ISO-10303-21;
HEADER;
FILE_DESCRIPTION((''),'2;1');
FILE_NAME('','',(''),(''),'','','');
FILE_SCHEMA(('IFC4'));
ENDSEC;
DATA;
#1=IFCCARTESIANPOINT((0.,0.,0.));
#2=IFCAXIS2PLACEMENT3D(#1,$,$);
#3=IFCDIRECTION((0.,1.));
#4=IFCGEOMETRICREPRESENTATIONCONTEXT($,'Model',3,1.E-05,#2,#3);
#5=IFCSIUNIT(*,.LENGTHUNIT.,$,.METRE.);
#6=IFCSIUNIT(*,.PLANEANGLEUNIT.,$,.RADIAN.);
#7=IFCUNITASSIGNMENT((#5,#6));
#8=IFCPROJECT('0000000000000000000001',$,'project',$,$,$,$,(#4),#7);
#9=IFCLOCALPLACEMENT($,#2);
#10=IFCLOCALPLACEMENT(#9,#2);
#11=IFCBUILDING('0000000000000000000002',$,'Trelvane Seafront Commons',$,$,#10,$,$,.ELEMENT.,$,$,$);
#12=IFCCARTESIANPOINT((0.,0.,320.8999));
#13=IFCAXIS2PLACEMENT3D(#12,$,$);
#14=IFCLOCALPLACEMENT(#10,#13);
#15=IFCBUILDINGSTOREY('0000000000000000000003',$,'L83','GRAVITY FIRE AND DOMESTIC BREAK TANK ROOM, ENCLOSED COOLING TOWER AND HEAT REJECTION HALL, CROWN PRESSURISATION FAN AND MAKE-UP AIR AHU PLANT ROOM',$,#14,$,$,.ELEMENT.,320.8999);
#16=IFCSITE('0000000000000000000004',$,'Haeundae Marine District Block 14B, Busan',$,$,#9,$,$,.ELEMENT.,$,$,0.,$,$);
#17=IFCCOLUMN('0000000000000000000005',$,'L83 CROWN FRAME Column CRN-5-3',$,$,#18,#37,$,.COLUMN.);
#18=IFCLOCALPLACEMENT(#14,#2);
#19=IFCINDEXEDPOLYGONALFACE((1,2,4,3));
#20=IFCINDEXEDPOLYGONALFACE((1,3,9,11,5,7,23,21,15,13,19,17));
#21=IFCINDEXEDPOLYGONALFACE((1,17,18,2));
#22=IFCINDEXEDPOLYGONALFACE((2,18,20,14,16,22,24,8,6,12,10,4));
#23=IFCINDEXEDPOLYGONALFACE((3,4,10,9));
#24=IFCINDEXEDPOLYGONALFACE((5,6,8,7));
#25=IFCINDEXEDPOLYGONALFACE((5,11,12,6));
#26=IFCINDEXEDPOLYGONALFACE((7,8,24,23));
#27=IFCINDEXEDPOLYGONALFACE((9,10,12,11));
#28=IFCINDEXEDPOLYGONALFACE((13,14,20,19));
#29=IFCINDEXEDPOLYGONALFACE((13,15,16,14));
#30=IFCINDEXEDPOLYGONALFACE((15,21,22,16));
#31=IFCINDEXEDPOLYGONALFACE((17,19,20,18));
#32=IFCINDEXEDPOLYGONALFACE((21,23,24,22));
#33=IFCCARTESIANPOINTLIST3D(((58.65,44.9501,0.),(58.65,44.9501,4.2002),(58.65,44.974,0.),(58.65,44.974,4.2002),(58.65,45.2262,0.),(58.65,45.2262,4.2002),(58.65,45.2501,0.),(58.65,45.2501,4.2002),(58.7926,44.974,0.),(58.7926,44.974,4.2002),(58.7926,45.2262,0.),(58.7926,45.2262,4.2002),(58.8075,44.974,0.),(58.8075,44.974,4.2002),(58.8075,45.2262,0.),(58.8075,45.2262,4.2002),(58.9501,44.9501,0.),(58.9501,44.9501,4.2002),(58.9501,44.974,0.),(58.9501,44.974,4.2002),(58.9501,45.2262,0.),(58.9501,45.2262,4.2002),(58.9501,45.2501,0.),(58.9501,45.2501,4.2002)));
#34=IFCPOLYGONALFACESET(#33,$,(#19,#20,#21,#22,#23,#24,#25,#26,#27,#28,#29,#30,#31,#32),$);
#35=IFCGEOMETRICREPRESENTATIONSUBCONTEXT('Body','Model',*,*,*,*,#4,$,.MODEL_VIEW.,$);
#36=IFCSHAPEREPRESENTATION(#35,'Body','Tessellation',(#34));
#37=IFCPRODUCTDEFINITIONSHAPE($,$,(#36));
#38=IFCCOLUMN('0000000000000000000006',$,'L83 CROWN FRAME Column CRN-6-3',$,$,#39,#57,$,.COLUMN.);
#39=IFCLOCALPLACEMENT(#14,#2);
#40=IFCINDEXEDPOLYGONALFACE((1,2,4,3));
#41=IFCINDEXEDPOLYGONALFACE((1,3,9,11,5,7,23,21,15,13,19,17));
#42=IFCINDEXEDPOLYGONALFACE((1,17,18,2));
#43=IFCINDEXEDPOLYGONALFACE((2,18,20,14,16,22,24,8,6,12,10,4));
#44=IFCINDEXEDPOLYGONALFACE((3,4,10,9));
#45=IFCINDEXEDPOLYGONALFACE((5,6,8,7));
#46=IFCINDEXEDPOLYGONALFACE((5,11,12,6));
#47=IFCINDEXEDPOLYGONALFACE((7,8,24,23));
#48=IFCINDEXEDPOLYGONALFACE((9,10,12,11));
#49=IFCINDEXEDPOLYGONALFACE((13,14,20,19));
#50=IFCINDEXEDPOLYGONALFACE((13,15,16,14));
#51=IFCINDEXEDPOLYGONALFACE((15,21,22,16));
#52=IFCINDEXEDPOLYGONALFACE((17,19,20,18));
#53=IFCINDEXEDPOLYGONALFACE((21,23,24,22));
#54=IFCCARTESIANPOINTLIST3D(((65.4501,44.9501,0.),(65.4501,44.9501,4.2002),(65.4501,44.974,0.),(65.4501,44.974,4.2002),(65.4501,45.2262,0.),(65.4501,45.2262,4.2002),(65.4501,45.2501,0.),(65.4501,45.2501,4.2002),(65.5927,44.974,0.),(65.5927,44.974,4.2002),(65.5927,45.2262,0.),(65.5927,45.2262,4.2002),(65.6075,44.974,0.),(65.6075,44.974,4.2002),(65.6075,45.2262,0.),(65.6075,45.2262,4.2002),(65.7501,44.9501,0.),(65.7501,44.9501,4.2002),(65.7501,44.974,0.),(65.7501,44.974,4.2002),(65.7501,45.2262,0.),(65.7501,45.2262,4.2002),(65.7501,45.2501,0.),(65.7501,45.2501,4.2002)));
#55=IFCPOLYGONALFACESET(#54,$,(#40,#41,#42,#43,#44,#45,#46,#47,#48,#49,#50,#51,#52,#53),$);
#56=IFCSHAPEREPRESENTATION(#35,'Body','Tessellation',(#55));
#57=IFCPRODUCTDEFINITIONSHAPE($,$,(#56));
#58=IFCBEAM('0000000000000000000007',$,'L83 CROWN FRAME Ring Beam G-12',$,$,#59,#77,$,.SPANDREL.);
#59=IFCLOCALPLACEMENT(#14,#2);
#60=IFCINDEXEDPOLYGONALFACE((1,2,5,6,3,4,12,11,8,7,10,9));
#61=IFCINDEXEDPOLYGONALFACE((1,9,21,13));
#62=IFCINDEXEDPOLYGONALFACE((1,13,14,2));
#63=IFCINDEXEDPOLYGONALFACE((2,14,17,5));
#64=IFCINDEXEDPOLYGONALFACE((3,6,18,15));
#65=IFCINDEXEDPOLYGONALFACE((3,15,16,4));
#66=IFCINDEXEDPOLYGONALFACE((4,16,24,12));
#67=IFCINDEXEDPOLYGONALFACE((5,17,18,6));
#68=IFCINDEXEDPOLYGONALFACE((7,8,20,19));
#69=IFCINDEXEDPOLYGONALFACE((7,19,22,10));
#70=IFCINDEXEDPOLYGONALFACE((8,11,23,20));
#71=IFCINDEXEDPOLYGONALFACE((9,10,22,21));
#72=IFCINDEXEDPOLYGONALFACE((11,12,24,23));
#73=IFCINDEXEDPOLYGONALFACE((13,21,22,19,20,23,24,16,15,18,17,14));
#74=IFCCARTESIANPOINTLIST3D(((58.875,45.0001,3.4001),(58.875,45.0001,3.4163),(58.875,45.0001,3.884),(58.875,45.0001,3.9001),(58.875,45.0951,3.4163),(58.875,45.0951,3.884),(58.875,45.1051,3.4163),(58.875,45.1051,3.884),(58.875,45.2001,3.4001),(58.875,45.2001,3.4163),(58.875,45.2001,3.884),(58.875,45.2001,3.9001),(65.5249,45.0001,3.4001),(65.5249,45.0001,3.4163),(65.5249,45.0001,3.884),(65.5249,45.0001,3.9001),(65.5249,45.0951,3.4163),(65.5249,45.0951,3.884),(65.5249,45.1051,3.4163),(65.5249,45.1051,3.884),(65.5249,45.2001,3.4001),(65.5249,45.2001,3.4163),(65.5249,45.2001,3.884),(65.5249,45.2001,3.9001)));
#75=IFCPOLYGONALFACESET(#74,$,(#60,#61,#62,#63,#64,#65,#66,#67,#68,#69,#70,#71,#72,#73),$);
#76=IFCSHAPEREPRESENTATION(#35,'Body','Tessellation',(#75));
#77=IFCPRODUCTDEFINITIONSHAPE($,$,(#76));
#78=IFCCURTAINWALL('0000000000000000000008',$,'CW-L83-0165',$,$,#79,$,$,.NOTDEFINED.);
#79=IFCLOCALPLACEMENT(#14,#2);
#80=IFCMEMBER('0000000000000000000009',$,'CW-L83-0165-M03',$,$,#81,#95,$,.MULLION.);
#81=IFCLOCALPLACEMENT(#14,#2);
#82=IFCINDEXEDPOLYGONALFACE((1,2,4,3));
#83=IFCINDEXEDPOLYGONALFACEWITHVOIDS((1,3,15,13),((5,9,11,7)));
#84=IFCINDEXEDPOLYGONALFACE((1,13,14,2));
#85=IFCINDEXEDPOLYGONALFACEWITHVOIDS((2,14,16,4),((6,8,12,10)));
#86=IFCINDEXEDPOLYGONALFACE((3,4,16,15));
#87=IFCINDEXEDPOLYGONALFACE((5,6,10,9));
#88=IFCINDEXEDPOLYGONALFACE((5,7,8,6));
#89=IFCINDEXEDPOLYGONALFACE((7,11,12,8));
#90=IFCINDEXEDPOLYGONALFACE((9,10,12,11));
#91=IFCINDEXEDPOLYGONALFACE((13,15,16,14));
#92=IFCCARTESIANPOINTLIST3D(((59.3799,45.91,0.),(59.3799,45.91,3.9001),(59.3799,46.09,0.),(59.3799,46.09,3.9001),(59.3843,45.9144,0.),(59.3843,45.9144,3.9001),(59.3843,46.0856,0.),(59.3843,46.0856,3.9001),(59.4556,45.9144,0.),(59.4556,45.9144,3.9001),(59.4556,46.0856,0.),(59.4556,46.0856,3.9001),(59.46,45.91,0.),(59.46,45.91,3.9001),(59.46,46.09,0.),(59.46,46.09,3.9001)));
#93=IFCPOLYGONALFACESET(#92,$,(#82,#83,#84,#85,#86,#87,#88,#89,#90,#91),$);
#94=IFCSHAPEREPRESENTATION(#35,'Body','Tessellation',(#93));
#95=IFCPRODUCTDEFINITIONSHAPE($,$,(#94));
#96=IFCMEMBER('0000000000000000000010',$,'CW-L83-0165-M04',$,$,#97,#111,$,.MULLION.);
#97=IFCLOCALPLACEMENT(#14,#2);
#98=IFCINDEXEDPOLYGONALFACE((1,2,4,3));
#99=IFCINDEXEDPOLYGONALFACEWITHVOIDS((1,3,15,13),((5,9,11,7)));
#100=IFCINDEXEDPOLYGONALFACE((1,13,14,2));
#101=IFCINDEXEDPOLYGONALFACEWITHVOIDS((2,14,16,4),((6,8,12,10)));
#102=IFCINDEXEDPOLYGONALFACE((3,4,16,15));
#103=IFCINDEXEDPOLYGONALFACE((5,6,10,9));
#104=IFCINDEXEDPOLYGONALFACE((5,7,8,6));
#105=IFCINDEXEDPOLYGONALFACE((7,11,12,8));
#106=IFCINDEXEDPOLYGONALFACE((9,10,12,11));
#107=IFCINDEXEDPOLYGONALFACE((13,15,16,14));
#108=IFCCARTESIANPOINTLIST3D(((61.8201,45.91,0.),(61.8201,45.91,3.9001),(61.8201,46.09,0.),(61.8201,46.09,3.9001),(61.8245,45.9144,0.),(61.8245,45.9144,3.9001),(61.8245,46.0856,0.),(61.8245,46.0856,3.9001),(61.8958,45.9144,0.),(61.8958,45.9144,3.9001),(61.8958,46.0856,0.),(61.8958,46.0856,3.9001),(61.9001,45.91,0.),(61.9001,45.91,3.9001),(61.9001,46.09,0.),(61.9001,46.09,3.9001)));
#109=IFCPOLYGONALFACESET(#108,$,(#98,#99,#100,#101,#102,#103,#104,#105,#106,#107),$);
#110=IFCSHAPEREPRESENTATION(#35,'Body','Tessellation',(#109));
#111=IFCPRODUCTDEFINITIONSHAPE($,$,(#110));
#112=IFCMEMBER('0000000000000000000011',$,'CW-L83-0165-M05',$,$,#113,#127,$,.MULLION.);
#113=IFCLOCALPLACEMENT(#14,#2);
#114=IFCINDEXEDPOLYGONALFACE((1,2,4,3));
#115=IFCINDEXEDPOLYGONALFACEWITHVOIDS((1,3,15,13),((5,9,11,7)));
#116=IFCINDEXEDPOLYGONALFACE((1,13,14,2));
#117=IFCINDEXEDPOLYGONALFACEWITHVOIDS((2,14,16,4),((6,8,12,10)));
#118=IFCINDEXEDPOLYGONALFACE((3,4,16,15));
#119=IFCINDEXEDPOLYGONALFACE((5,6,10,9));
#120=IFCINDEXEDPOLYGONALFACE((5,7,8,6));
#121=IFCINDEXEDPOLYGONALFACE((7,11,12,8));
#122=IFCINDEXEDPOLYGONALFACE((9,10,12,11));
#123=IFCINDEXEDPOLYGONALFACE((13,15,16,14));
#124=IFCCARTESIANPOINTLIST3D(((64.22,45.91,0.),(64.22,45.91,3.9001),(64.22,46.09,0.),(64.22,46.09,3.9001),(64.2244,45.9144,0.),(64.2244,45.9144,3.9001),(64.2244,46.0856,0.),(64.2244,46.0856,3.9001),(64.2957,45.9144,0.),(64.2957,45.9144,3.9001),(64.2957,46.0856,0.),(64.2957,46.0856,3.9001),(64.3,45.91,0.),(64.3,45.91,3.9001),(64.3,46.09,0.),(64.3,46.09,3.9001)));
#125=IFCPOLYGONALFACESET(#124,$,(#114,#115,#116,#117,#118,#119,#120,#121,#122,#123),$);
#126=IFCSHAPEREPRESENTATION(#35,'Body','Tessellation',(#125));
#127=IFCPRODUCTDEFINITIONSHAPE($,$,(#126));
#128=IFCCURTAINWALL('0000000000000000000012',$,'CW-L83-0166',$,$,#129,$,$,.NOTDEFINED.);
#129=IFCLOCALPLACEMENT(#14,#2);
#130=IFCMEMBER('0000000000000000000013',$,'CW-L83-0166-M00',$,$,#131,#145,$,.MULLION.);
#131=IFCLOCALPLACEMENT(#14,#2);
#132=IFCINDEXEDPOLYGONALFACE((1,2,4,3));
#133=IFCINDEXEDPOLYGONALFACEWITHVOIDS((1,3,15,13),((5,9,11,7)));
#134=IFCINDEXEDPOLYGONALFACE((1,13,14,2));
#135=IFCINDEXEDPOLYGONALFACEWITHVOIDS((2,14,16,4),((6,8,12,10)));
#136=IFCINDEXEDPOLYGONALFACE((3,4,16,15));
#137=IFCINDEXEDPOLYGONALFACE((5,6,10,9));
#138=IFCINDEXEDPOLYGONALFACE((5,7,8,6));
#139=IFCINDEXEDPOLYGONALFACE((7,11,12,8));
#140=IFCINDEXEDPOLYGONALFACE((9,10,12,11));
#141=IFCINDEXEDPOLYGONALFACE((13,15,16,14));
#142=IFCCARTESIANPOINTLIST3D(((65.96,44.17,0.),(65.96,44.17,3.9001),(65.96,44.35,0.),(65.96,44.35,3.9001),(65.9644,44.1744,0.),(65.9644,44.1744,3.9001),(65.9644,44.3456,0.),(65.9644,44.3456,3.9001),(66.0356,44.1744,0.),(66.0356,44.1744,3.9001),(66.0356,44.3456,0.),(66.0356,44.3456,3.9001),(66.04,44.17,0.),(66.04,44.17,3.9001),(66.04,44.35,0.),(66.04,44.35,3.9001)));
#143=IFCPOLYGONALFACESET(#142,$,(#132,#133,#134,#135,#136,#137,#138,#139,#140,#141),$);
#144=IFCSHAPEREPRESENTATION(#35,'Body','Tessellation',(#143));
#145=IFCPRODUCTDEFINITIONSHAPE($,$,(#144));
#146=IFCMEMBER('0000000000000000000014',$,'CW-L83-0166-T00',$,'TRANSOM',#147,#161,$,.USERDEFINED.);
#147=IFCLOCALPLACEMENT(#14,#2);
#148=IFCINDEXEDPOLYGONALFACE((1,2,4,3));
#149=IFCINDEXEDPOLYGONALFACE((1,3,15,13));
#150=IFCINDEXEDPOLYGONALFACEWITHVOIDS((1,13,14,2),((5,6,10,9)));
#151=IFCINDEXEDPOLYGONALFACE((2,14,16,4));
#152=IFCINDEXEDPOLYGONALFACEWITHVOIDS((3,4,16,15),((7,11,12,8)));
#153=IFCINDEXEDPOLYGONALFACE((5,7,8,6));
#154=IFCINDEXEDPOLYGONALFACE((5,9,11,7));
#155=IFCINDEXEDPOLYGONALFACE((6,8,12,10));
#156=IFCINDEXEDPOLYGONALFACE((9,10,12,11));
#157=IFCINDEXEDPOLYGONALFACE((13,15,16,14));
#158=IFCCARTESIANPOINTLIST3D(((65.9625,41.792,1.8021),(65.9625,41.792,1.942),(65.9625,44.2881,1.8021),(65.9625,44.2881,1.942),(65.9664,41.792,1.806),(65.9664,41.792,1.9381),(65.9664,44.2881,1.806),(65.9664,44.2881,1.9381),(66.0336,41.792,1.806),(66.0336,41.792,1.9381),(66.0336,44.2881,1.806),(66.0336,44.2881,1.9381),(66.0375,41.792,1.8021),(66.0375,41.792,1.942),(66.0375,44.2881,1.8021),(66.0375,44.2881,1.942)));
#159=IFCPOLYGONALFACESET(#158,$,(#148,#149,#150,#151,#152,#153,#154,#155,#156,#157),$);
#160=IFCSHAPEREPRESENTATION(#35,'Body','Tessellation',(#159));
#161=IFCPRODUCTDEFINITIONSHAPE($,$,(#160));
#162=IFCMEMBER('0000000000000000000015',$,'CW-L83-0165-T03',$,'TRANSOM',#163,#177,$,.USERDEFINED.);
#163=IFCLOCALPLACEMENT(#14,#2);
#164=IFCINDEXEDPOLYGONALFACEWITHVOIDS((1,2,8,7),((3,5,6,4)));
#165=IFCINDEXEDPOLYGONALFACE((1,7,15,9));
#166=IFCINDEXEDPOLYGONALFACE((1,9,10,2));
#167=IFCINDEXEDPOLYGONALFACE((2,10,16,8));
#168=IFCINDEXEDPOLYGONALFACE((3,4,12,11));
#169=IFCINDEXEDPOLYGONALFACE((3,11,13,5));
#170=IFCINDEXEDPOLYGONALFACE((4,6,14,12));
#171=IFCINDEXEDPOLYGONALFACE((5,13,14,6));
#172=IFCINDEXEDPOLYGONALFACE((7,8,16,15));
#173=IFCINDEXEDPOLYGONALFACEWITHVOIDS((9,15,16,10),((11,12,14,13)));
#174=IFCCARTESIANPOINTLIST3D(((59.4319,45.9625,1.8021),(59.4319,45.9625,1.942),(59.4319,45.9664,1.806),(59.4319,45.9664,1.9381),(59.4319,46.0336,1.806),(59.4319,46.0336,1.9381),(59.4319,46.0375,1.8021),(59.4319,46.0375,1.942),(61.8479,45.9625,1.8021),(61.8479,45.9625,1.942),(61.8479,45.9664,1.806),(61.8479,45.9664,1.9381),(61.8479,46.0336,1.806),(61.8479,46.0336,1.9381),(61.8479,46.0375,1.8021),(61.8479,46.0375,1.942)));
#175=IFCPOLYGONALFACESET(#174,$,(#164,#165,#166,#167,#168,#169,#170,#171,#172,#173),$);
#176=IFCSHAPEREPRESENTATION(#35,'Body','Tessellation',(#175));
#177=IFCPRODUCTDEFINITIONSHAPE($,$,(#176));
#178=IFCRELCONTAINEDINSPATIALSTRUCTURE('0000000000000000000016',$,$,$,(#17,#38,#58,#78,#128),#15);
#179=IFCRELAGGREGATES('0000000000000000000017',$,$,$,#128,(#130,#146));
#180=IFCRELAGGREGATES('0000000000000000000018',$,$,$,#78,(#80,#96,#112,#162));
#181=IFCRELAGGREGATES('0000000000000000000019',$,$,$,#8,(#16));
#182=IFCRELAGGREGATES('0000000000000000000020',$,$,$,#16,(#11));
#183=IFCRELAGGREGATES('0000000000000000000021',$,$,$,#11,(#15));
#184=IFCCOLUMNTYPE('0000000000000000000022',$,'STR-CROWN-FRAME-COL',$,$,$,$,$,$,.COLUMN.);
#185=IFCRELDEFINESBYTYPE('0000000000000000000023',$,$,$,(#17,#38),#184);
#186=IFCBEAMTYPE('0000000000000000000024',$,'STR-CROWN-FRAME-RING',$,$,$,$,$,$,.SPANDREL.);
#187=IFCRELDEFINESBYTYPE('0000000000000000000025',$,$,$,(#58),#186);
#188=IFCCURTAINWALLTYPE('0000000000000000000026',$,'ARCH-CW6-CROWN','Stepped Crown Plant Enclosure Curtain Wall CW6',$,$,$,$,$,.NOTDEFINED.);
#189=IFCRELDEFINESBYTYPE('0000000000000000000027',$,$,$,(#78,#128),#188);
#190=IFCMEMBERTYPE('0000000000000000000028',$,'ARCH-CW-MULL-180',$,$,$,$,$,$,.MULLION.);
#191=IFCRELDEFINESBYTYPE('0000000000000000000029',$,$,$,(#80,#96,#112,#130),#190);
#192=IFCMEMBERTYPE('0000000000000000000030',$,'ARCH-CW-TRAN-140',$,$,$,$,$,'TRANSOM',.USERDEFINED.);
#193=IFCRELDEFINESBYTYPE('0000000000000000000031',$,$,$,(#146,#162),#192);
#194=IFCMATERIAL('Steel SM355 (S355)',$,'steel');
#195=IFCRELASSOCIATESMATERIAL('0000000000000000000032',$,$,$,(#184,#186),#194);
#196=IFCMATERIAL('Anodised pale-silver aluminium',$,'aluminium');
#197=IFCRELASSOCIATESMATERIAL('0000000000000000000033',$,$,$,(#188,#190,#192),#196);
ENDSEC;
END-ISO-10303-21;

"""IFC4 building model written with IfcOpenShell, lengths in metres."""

from ifc_helpers import new_model, si_unit, direction, frame, origin, origin_2d, place, context, subcontext, project, spatial, hollow_rectangle, i_section, extrude, source, transform, mapped, material, material_profile, profile_set, type_object, element, aggregate, save


model = new_model("IFC4")

# Units and contexts
model_context = context("Model", 3, precision=1e-05, world=origin(), true_north=direction((0.0, 1.0)))
body_context = subcontext(model_context, "Body", "Model", "MODEL_VIEW")
ifc_project = project(units=[si_unit("LENGTHUNIT", "METRE"), si_unit("PLANEANGLEUNIT", "RADIAN")], contexts=[model_context])

# Site, building, storey
site_placement = place(None, origin())
site = spatial("IfcSite", under=ifc_project, at=site_placement, Name="Haeundae Marine District Block 14B, Busan", CompositionType="ELEMENT", RefElevation=0.0)
building_placement = place(site_placement, origin())
building = spatial("IfcBuilding", under=site, at=building_placement, Name="Trelvane Seafront Commons", CompositionType="ELEMENT")
storey_placement = place(building_placement, frame((0.0, 0.0, 320.8999)))
storey = spatial("IfcBuildingStorey", under=building, at=storey_placement, Name="L83", Description="GRAVITY FIRE AND DOMESTIC BREAK TANK ROOM, ENCLOSED COOLING TOWER AND HEAT REJECTION HALL, CROWN PRESSURISATION FAN AND MAKE-UP AIR AHU PLANT ROOM", CompositionType="ELEMENT", Elevation=320.8999)

# Columns
ifc_material_1 = material(Name="Steel SM355 (S355)", Category="steel")
ifc_material_profile_1 = material_profile(ifc_material_1, i_section(OverallWidth=0.3, OverallDepth=0.3, WebThickness=0.0149, FlangeThickness=0.0239, at=origin_2d()), Name="HD-300x300x15x24")
ifc_profile_set_1 = profile_set([ifc_material_profile_1], Name="Steel SM355 (S355)")
column_type = type_object("IfcColumnType", Name="STR-CROWN-FRAME-COL", PredefinedType="COLUMN", material=ifc_profile_set_1)
shared_shape_1 = source(origin(), body_context, "Body", "SweptSolid", [
    extrude(i_section(OverallWidth=0.3, OverallDepth=0.3, WebThickness=0.0149, FlangeThickness=0.0239, at=origin_2d()), origin(), (0.0, 0.0, 1.0), 4.2002),
])
for number, where, z_axis, x_axis, name in (
    (1, (58.8, 45.1001, 0.0), (0.0, 0.0, 1.0), (1.0, 0.0, 0.0), "L83 CROWN FRAME Column CRN-5-3"),
    (2, (65.6001, 45.1001, 0.0), (0.0, 0.0, 1.0), (1.0, 0.0, 0.0), "L83 CROWN FRAME Column CRN-6-3"),
):
    element("IfcColumn", number, at=place(storey_placement, frame(where, z_axis=z_axis, x_axis=x_axis)), inside=storey, type_object=column_type, Name=name, PredefinedType="COLUMN", context=body_context, shape_type="MappedRepresentation", body=[
        mapped(shared_shape_1, transform((0.0, 0.0, 0.0), x_axis=(1.0, 0.0, 0.0), y_axis=(0.0, 1.0, 0.0), z_axis=(0.0, 0.0, 1.0), scale=1.0)),
    ])

# Beam
ifc_material_profile_2 = material_profile(ifc_material_1, i_section(OverallWidth=0.2, OverallDepth=0.5, WebThickness=0.01, FlangeThickness=0.0161, at=origin_2d()), Name="H-500x200x10x16")
ifc_profile_set_2 = profile_set([ifc_material_profile_2], Name="Steel SM355 (S355)")
beam_type = type_object("IfcBeamType", Name="STR-CROWN-FRAME-RING", PredefinedType="SPANDREL", material=ifc_profile_set_2)
shared_shape_2 = source(origin(), body_context, "Body", "SweptSolid", [
    extrude(i_section(OverallWidth=0.2, OverallDepth=0.5, WebThickness=0.01, FlangeThickness=0.0161, at=origin_2d()), origin(), (0.0, 0.0, 1.0), 6.6499),
])
beam_placement = place(storey_placement, frame((58.875, 45.1001, 3.6501), z_axis=(1.0, 0.0, 0.0), x_axis=(0.0, 1.0, 0.0)))
element("IfcBeam", 3, at=beam_placement, inside=storey, type_object=beam_type, Name="L83 CROWN FRAME Ring Beam G-12", PredefinedType="SPANDREL", context=body_context, shape_type="MappedRepresentation", body=[
    mapped(shared_shape_2, transform((0.0, 0.0, 0.0), x_axis=(1.0, 0.0, 0.0), y_axis=(0.0, 1.0, 0.0), z_axis=(0.0, 0.0, 1.0), scale=1.0)),
])

# Curtain walls, members
ifc_material_2 = material(Name="Anodised pale-silver aluminium", Category="aluminium")
curtain_wall_type = type_object("IfcCurtainWallType", Name="ARCH-CW6-CROWN", Description="Stepped Crown Plant Enclosure Curtain Wall CW6", PredefinedType="NOTDEFINED", material=ifc_material_2)
curtain_wall_1_placement = place(storey_placement, origin())
curtain_wall_1 = element("IfcCurtainWall", 4, at=curtain_wall_1_placement, inside=storey, type_object=curtain_wall_type, Name="CW-L83-0165", PredefinedType="NOTDEFINED")
ifc_material_profile_3 = material_profile(ifc_material_2, hollow_rectangle(XDim=0.0801, YDim=0.1799, WallThickness=0.0044, at=origin_2d()), Name="MULL-80x180x4.5")
ifc_profile_set_3 = profile_set([ifc_material_profile_3], Name="Anodised pale-silver aluminium")
member_type_1 = type_object("IfcMemberType", Name="ARCH-CW-MULL-180", PredefinedType="MULLION", material=ifc_profile_set_3)
shared_shape_3 = source(origin(), body_context, "Body", "SweptSolid", [
    extrude(hollow_rectangle(XDim=0.0801, YDim=0.1799, WallThickness=0.0044, at=origin_2d()), origin(), (0.0, 0.0, 1.0), 3.9001),
])
member_1_placement = place(storey_placement, frame((59.4199, 46.0, 0.0), z_axis=(0.0, 0.0, 1.0), x_axis=(1.0, 0.0, 0.0)))
member_1 = element("IfcMember", 5, at=member_1_placement, type_object=member_type_1, Name="CW-L83-0165-M03", PredefinedType="MULLION", context=body_context, shape_type="MappedRepresentation", body=[
    mapped(shared_shape_3, transform((0.0, 0.0, 0.0), x_axis=(1.0, 0.0, 0.0), y_axis=(0.0, 1.0, 0.0), z_axis=(0.0, 0.0, 1.0), scale=1.0)),
])
member_2_placement = place(storey_placement, frame((61.8601, 46.0, 0.0), z_axis=(0.0, 0.0, 1.0), x_axis=(1.0, 0.0, 0.0)))
member_2 = element("IfcMember", 6, at=member_2_placement, type_object=member_type_1, Name="CW-L83-0165-M04", PredefinedType="MULLION", context=body_context, shape_type="MappedRepresentation", body=[
    mapped(shared_shape_3, transform((0.0, 0.0, 0.0), x_axis=(1.0, 0.0, 0.0), y_axis=(0.0, 1.0, 0.0), z_axis=(0.0, 0.0, 1.0), scale=1.0)),
])
member_3_placement = place(storey_placement, frame((64.26, 46.0, 0.0), z_axis=(0.0, 0.0, 1.0), x_axis=(1.0, 0.0, 0.0)))
member_3 = element("IfcMember", 7, at=member_3_placement, type_object=member_type_1, Name="CW-L83-0165-M05", PredefinedType="MULLION", context=body_context, shape_type="MappedRepresentation", body=[
    mapped(shared_shape_3, transform((0.0, 0.0, 0.0), x_axis=(1.0, 0.0, 0.0), y_axis=(0.0, 1.0, 0.0), z_axis=(0.0, 0.0, 1.0), scale=1.0)),
])
curtain_wall_2_placement = place(storey_placement, origin())
curtain_wall_2 = element("IfcCurtainWall", 8, at=curtain_wall_2_placement, inside=storey, type_object=curtain_wall_type, Name="CW-L83-0166", PredefinedType="NOTDEFINED")
member_4_placement = place(storey_placement, frame((66.0, 44.26, 0.0), z_axis=(0.0, 0.0, 1.0), x_axis=(1.0, 0.0, 0.0)))
member_4 = element("IfcMember", 9, at=member_4_placement, type_object=member_type_1, Name="CW-L83-0166-M00", PredefinedType="MULLION", context=body_context, shape_type="MappedRepresentation", body=[
    mapped(shared_shape_3, transform((0.0, 0.0, 0.0), x_axis=(1.0, 0.0, 0.0), y_axis=(0.0, 1.0, 0.0), z_axis=(0.0, 0.0, 1.0), scale=1.0)),
])
ifc_material_profile_4 = material_profile(ifc_material_2, hollow_rectangle(XDim=0.075, YDim=0.1399, WallThickness=0.0039, at=origin_2d()), Name="TRAN-75x140x4")
ifc_profile_set_4 = profile_set([ifc_material_profile_4], Name="Anodised pale-silver aluminium")
member_type_2 = type_object("IfcMemberType", Name="ARCH-CW-TRAN-140", ElementType="TRANSOM", PredefinedType="USERDEFINED", material=ifc_profile_set_4)
shared_shape_4 = source(origin(), body_context, "Body", "SweptSolid", [
    extrude(hollow_rectangle(XDim=0.075, YDim=0.1399, WallThickness=0.0039, at=origin_2d()), origin(), (0.0, 0.0, 1.0), 2.4961),
])
member_5_placement = place(storey_placement, frame((66.0, 44.2881, 1.8721), z_axis=(0.0, -1.0, 0.0), x_axis=(1.0, 0.0, 0.0)))
member_5 = element("IfcMember", 10, at=member_5_placement, type_object=member_type_2, Name="CW-L83-0166-T00", ObjectType="TRANSOM", PredefinedType="USERDEFINED", context=body_context, shape_type="MappedRepresentation", body=[
    mapped(shared_shape_4, transform((0.0, 0.0, 0.0), x_axis=(1.0, 0.0, 0.0), y_axis=(0.0, 1.0, 0.0), z_axis=(0.0, 0.0, 1.0), scale=1.0)),
])
aggregate(curtain_wall_2, [member_4, member_5])

# Member
shared_shape_5 = source(origin(), body_context, "Body", "SweptSolid", [
    extrude(hollow_rectangle(XDim=0.075, YDim=0.1399, WallThickness=0.0039, at=origin_2d()), origin(), (0.0, 0.0, 1.0), 2.416),
])
member_6_placement = place(storey_placement, frame((59.4319, 46.0, 1.8721), z_axis=(1.0, 0.0, 0.0), x_axis=(0.0, 1.0, 0.0)))
member_6 = element("IfcMember", 11, at=member_6_placement, type_object=member_type_2, Name="CW-L83-0165-T03", ObjectType="TRANSOM", PredefinedType="USERDEFINED", context=body_context, shape_type="MappedRepresentation", body=[
    mapped(shared_shape_5, transform((0.0, 0.0, 0.0), x_axis=(1.0, 0.0, 0.0), y_axis=(0.0, 1.0, 0.0), z_axis=(0.0, 0.0, 1.0), scale=1.0)),
])

aggregate(curtain_wall_1, [member_1, member_2, member_3, member_6])

save(model, "model.ifc")
